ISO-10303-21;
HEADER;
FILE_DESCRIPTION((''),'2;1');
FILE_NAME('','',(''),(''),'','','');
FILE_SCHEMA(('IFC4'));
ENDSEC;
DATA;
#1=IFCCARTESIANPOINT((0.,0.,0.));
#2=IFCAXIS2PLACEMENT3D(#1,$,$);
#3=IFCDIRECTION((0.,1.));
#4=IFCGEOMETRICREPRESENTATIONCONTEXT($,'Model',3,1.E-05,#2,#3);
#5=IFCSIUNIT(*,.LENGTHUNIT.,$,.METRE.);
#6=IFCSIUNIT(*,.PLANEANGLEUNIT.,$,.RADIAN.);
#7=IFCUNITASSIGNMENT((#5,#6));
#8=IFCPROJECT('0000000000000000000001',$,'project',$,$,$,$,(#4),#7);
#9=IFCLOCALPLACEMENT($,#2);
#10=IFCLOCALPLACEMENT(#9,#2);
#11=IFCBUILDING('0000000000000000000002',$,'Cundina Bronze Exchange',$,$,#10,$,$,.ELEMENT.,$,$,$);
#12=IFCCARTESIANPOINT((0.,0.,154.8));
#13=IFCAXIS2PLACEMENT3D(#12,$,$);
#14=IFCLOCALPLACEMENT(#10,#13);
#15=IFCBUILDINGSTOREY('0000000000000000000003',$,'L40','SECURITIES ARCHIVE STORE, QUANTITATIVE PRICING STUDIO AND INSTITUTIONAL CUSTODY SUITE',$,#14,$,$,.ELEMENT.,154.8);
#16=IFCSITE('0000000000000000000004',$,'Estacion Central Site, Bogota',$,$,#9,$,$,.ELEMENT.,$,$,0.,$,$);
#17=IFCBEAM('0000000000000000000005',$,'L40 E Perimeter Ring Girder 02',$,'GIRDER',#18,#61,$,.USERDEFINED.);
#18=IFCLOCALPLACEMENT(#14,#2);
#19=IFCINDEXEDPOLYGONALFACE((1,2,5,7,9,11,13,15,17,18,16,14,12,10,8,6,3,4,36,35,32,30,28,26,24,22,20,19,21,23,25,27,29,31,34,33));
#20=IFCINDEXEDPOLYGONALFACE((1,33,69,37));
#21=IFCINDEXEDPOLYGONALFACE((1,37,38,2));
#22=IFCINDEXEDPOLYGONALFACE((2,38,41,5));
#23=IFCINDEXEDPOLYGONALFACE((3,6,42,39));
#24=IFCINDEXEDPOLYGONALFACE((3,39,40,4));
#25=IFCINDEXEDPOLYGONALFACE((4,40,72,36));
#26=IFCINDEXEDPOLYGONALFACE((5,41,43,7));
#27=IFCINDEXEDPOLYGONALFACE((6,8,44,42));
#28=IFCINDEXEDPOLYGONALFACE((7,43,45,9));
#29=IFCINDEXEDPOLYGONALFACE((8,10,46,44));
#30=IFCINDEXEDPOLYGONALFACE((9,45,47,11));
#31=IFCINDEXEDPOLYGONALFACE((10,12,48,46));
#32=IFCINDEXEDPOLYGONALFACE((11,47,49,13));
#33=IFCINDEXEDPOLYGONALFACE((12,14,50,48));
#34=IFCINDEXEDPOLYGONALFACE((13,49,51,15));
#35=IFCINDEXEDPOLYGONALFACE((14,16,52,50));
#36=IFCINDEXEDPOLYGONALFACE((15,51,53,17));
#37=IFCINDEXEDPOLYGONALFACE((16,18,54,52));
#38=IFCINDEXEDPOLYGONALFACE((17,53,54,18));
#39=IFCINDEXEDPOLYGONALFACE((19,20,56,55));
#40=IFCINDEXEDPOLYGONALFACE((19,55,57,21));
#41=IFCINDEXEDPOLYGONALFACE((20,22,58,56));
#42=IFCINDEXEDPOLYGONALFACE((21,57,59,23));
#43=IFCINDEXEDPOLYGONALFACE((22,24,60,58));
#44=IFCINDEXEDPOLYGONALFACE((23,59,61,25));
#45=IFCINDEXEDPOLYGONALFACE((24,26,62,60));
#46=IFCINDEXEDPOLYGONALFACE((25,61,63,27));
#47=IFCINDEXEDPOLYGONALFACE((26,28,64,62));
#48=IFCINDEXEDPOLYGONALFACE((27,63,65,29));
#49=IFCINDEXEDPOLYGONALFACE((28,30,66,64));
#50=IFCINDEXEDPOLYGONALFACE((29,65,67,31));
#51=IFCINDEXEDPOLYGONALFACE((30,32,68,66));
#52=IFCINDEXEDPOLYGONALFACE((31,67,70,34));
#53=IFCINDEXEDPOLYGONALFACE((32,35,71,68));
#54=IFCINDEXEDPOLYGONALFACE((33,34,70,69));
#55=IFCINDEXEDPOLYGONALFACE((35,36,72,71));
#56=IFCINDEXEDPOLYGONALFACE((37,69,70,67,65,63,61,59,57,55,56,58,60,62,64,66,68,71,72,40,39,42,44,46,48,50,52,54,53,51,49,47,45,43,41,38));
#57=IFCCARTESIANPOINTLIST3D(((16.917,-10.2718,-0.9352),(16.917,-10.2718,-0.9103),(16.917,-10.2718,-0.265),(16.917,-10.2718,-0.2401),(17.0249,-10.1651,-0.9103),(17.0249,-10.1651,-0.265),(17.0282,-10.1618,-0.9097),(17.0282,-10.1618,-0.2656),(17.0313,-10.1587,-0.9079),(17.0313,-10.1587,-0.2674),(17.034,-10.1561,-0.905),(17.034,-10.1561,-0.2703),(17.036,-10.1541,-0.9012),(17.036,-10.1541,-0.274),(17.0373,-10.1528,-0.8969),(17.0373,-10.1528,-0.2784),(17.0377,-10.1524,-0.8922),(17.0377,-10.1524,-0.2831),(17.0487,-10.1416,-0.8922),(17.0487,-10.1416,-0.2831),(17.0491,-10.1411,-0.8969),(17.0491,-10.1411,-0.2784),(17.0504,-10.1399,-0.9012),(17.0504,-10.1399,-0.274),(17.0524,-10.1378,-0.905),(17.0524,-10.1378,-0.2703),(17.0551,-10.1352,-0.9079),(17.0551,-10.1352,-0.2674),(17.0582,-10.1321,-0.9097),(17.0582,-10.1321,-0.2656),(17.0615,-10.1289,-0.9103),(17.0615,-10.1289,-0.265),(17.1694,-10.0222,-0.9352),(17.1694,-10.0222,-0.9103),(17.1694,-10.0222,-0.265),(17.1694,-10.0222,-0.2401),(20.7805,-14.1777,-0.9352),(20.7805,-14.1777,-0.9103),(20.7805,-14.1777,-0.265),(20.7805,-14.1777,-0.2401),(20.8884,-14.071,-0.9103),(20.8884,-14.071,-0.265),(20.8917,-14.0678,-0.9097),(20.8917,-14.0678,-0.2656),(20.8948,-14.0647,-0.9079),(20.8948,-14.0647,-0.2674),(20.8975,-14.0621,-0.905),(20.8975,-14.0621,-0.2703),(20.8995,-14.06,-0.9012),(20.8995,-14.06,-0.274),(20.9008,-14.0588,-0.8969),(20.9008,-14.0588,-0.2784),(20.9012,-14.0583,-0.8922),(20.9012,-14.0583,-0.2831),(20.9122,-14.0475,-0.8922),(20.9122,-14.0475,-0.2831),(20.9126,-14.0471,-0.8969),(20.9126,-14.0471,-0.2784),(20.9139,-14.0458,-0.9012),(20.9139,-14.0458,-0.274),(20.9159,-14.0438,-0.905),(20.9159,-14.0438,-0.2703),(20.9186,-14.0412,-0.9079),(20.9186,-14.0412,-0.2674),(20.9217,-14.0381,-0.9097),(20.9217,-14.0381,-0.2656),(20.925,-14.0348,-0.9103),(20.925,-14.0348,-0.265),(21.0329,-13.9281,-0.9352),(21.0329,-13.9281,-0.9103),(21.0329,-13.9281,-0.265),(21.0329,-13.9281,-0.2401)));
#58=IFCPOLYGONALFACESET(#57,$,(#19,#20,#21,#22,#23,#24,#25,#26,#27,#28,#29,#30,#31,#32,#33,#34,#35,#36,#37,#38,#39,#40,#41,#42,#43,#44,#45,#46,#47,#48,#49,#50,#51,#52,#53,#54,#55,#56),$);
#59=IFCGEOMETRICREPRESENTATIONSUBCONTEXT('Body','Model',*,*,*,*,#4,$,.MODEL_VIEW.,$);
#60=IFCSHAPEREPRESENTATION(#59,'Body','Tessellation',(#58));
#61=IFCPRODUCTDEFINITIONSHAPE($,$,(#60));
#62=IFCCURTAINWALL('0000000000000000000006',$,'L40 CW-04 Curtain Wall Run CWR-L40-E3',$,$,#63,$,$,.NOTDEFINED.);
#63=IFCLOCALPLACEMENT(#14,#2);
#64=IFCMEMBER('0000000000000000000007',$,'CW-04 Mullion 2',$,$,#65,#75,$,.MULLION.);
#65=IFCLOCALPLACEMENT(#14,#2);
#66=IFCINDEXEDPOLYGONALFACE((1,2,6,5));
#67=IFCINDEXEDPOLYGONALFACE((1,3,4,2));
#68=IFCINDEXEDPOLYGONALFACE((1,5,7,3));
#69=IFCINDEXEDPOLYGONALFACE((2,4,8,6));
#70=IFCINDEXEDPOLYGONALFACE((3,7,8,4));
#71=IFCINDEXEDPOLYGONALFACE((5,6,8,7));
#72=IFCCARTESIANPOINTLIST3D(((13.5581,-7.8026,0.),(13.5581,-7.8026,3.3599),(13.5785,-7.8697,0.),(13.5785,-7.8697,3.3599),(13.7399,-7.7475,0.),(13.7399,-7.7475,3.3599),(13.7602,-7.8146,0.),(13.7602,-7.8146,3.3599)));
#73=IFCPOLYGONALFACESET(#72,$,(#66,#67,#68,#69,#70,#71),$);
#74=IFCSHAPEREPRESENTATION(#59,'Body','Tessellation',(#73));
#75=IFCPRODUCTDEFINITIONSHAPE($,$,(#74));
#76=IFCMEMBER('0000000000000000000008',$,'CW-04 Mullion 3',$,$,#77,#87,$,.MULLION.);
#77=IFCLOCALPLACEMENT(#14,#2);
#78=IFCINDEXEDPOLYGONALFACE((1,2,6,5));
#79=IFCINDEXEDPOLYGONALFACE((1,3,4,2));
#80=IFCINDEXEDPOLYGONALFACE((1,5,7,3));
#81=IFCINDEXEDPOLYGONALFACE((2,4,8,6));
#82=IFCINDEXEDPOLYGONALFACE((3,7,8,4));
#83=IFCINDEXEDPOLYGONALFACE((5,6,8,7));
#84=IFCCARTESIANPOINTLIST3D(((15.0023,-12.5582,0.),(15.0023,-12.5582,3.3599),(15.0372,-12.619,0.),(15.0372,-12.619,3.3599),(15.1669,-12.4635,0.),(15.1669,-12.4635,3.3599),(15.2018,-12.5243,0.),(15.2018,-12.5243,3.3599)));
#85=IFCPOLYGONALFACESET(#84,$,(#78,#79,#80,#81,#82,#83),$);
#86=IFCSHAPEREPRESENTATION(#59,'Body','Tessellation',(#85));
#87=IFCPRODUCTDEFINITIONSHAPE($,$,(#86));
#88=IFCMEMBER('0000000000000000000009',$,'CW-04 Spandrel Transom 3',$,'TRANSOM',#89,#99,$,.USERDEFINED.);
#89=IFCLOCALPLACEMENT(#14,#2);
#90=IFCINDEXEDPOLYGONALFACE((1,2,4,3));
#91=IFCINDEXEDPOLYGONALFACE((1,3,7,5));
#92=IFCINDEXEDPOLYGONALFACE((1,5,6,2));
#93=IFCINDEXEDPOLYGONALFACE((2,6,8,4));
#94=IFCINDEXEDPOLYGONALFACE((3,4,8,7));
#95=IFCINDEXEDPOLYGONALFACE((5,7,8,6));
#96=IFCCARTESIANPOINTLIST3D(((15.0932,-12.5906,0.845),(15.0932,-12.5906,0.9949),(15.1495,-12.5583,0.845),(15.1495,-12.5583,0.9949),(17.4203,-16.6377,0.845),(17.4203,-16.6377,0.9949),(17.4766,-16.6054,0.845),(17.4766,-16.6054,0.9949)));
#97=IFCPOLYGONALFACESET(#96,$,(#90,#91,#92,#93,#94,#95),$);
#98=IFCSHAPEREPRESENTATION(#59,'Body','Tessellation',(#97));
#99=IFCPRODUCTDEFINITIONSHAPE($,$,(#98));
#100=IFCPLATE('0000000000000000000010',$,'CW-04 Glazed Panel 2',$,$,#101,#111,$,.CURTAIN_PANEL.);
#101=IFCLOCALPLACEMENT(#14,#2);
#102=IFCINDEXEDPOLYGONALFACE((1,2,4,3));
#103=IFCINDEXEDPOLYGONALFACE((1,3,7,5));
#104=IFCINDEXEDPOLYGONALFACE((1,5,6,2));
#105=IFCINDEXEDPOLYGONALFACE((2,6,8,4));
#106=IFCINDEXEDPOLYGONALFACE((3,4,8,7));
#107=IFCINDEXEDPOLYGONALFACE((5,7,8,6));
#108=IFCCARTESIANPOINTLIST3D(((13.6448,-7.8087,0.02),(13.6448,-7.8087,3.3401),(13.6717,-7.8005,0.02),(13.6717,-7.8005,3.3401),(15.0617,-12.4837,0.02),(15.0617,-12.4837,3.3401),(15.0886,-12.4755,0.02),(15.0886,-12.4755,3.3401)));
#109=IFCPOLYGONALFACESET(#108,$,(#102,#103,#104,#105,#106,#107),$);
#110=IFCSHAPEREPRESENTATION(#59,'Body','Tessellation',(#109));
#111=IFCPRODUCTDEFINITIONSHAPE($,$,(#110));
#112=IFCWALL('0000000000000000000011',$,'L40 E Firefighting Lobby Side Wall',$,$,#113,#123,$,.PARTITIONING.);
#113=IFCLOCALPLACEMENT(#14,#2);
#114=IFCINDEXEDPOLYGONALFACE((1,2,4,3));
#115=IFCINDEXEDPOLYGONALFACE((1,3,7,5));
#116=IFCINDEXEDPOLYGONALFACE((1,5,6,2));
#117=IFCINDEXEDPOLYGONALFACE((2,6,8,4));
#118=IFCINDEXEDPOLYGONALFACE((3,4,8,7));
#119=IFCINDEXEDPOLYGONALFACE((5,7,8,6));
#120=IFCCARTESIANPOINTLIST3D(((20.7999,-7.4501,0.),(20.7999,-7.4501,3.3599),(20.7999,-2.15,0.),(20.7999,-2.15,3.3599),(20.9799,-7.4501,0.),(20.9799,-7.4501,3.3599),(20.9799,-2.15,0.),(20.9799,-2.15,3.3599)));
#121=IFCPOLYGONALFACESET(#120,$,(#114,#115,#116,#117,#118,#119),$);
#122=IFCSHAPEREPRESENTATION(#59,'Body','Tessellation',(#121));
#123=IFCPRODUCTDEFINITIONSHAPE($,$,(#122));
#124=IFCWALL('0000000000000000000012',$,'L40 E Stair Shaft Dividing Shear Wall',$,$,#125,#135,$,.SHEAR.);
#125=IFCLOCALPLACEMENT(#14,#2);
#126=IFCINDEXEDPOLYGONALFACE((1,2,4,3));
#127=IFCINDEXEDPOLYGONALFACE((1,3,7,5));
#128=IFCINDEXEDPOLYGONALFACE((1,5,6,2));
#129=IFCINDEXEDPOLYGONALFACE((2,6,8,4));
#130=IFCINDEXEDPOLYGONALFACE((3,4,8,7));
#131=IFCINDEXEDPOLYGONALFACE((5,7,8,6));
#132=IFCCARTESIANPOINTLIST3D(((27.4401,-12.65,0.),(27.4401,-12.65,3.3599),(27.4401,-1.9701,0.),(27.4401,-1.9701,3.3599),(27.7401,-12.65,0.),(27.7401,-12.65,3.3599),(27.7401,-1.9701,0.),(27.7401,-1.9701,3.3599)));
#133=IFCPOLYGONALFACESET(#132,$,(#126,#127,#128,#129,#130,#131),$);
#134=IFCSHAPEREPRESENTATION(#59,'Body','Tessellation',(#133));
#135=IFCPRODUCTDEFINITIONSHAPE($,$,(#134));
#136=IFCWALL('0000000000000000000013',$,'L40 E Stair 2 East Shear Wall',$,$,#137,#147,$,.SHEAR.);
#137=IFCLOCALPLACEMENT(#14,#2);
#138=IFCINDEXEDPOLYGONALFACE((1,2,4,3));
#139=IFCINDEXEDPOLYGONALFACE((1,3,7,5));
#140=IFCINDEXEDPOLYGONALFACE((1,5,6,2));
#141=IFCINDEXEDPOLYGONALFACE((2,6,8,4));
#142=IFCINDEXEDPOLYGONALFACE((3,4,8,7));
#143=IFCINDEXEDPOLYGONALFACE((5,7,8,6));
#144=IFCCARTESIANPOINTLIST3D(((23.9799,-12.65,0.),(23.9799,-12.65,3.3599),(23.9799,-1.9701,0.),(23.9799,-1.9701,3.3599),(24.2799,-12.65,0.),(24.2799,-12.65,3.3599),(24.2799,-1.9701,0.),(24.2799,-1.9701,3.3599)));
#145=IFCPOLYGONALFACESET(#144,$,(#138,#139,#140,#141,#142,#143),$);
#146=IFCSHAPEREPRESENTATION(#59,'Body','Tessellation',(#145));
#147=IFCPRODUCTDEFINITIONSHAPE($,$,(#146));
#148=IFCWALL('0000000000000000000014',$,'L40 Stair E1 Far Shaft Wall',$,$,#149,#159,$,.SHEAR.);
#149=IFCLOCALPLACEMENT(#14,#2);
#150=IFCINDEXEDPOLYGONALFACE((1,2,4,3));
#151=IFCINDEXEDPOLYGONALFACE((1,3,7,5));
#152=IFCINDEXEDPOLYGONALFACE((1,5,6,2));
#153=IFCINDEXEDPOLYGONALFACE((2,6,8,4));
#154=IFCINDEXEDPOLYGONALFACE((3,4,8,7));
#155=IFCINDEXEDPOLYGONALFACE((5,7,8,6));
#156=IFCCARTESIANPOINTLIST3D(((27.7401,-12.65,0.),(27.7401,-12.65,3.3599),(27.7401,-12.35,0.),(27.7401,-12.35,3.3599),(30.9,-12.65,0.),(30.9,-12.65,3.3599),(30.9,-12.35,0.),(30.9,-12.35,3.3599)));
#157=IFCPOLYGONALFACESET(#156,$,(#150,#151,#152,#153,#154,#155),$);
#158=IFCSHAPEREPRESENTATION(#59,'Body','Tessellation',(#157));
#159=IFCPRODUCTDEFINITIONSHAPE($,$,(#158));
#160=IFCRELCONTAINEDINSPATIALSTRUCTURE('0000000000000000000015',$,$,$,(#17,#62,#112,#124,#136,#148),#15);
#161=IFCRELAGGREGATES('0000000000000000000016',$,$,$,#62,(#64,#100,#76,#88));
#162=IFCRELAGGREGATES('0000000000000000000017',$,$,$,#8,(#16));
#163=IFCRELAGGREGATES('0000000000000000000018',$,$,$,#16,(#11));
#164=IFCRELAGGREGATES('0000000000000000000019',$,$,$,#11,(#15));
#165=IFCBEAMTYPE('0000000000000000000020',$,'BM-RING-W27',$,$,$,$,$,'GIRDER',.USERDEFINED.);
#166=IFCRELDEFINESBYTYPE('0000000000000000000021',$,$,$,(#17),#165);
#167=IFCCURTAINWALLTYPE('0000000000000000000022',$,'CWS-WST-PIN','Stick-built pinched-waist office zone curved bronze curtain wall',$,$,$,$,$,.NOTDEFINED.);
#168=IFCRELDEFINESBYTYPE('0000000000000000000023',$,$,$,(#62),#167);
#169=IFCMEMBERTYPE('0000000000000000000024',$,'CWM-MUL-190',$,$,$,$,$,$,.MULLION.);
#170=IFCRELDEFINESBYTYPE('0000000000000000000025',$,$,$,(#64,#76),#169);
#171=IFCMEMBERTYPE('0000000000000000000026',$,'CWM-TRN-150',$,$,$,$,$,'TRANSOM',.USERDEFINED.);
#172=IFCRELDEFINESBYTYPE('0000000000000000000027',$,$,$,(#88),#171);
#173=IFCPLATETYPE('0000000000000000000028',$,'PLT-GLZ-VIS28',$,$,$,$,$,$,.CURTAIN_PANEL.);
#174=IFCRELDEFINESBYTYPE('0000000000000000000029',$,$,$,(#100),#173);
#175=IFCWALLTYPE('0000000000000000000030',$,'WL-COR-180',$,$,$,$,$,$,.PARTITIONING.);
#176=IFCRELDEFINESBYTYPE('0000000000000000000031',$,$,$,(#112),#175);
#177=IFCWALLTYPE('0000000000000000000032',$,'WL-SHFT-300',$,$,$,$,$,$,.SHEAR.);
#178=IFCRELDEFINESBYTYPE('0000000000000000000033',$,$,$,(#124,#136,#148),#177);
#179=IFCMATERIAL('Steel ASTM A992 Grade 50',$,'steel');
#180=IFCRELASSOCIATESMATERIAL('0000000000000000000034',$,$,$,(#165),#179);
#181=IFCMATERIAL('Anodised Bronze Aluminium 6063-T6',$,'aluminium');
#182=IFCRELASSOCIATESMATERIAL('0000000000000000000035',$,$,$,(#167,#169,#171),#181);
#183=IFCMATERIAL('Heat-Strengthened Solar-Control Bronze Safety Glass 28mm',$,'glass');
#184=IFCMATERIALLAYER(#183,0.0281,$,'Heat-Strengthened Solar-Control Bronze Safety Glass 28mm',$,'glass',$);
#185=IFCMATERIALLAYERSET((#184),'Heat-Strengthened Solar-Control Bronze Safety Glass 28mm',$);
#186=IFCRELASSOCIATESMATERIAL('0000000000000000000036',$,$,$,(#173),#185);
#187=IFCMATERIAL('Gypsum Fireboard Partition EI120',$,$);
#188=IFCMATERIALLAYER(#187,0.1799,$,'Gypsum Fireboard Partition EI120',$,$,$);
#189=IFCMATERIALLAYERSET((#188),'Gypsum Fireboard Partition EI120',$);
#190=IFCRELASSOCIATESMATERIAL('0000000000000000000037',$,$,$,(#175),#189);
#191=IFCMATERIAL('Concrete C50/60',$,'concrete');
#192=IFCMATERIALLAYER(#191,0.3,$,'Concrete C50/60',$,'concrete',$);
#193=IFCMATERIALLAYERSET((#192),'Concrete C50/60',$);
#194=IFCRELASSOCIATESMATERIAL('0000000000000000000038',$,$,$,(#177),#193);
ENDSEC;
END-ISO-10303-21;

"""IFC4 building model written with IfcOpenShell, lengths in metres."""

from ifc_helpers import new_model, si_unit, direction, frame, frame_2d, origin, origin_2d, place, context, subcontext, project, spatial, rectangle, i_section, extrude, material, layer, layer_set, material_profile, profile_set, type_object, element, aggregate, save


model = new_model("IFC4")

# Units and contexts
model_context = context("Model", 3, precision=1e-05, world=origin(), true_north=direction((0.0, 1.0)))
body_context = subcontext(model_context, "Body", "Model", "MODEL_VIEW")
ifc_project = project(units=[si_unit("LENGTHUNIT", "METRE"), si_unit("PLANEANGLEUNIT", "RADIAN")], contexts=[model_context])

# Site, building, storey
site_placement = place(None, origin())
site = spatial("IfcSite", under=ifc_project, at=site_placement, Name="Estacion Central Site, Bogota", CompositionType="ELEMENT", RefElevation=0.0)
building_placement = place(site_placement, origin())
building = spatial("IfcBuilding", under=site, at=building_placement, Name="Cundina Bronze Exchange", CompositionType="ELEMENT")
storey_placement = place(building_placement, frame((0.0, 0.0, 154.8)))
storey = spatial("IfcBuildingStorey", under=building, at=storey_placement, Name="L40", Description="SECURITIES ARCHIVE STORE, QUANTITATIVE PRICING STUDIO AND INSTITUTIONAL CUSTODY SUITE", CompositionType="ELEMENT", Elevation=154.8)

# Shared definitions
ifc_material_1 = material(Name="Concrete C50/60", Category="concrete")

# Beam
ifc_material_2 = material(Name="Steel ASTM A992 Grade 50", Category="steel")
ifc_material_profile_1 = material_profile(ifc_material_2, i_section(OverallWidth=0.355, OverallDepth=0.6951, WebThickness=0.0154, FlangeThickness=0.0249, FilletRadius=0.0181, at=origin_2d()), Name="W27X146", Category="steel")
ifc_profile_set_1 = profile_set([ifc_material_profile_1], Name="Steel ASTM A992 Grade 50")
beam_type_1 = type_object("IfcBeamType", Name="BM-RING-W27", ElementType="GIRDER", PredefinedType="USERDEFINED", material=ifc_profile_set_1)
beam_1_placement = place(storey_placement, frame((17.0432, -10.147, -0.5876), z_axis=(0.70323, -0.710962, 0.0), x_axis=(0.710962, 0.70323, 0.0)))
element("IfcBeam", 1, at=beam_1_placement, inside=storey, type_object=beam_type_1, Name="L40 E Perimeter Ring Girder 02", ObjectType="GIRDER", PredefinedType="USERDEFINED", context=body_context, shape_type="SweptSolid", body=[
    extrude(i_section(OverallWidth=0.355, OverallDepth=0.6951, WebThickness=0.0154, FlangeThickness=0.0249, FilletRadius=0.0181, at=origin_2d()), origin(), (0.0, 0.0, 1.0), 5.4939),
])

# Curtain wall, members, plate
ifc_material_3 = material(Name="Anodised Bronze Aluminium 6063-T6", Category="aluminium")
curtain_wall_type = type_object("IfcCurtainWallType", Name="CWS-WST-PIN", Description="Stick-built pinched-waist office zone curved bronze curtain wall", PredefinedType="NOTDEFINED", material=ifc_material_3)
curtain_wall_placement = place(storey_placement, origin())
curtain_wall = element("IfcCurtainWall", 2, at=curtain_wall_placement, inside=storey, type_object=curtain_wall_type, Name="L40 CW-04 Curtain Wall Run CWR-L40-E3", PredefinedType="NOTDEFINED")
ifc_material_profile_2 = material_profile(ifc_material_3, rectangle(XDim=0.0701, YDim=0.1899, at=origin_2d()), Name="AL70X190", Category="aluminium")
ifc_profile_set_2 = profile_set([ifc_material_profile_2], Name="Anodised Bronze Aluminium 6063-T6")
member_type_1 = type_object("IfcMemberType", Name="CWM-MUL-190", PredefinedType="MULLION", material=ifc_profile_set_2)
member_1_placement = place(storey_placement, frame((13.6592, -7.8086, 0.0), z_axis=(0.0, 0.0, 1.0), x_axis=(0.290034, -0.957016, 0.0)))
member_1 = element("IfcMember", 3, at=member_1_placement, type_object=member_type_1, Name="CW-04 Mullion 2", PredefinedType="MULLION", context=body_context, shape_type="SweptSolid", body=[
    extrude(rectangle(XDim=0.0701, YDim=0.1899, at=origin_2d()), origin(), (0.0, 0.0, 1.0), 3.3599),
])
member_2_placement = place(storey_placement, frame((15.1021, -12.5413, 0.0), z_axis=(0.0, 0.0, 1.0), x_axis=(0.498488, -0.866897, 0.0)))
member_2 = element("IfcMember", 4, at=member_2_placement, type_object=member_type_1, Name="CW-04 Mullion 3", PredefinedType="MULLION", context=body_context, shape_type="SweptSolid", body=[
    extrude(rectangle(XDim=0.0701, YDim=0.1899, at=origin_2d()), origin(), (0.0, 0.0, 1.0), 3.3599),
])
ifc_material_profile_3 = material_profile(ifc_material_3, rectangle(XDim=0.0649, YDim=0.1499, at=origin_2d()), Name="AL65X150", Category="aluminium")
ifc_profile_set_3 = profile_set([ifc_material_profile_3], Name="Anodised Bronze Aluminium 6063-T6")
member_type_2 = type_object("IfcMemberType", Name="CWM-TRN-150", ElementType="TRANSOM", PredefinedType="USERDEFINED", material=ifc_profile_set_3)
member_3_placement = place(storey_placement, frame((15.1213, -12.5745, 0.9199), z_axis=(0.49848, -0.866901, 0.0), x_axis=(0.866901, 0.49848, 0.0)))
member_3 = element("IfcMember", 5, at=member_3_placement, type_object=member_type_2, Name="CW-04 Spandrel Transom 3", ObjectType="TRANSOM", PredefinedType="USERDEFINED", context=body_context, shape_type="SweptSolid", body=[
    extrude(rectangle(XDim=0.0649, YDim=0.1499, at=origin_2d()), origin(), (0.0, 0.0, 1.0), 4.6685),
])
ifc_material_4 = material(Name="Heat-Strengthened Solar-Control Bronze Safety Glass 28mm", Category="glass")
ifc_layer_1 = layer(ifc_material_4, 0.0281, Name="Heat-Strengthened Solar-Control Bronze Safety Glass 28mm", Category="glass")
ifc_layer_set_1 = layer_set([ifc_layer_1], Name="Heat-Strengthened Solar-Control Bronze Safety Glass 28mm")
plate_type = type_object("IfcPlateType", Name="PLT-GLZ-VIS28", PredefinedType="CURTAIN_PANEL", material=ifc_layer_set_1)
plate_placement = place(storey_placement, frame((14.3667, -10.1421, 0.02), z_axis=(0.0, 0.0, 1.0), x_axis=(0.290051, -0.957011, 0.0)))
plate = element("IfcPlate", 6, at=plate_placement, type_object=plate_type, Name="CW-04 Glazed Panel 2", PredefinedType="CURTAIN_PANEL", context=body_context, shape_type="SweptSolid", body=[
    extrude(rectangle(XDim=4.885, YDim=0.0281, at=origin_2d()), origin(), (0.0, 0.0, 1.0), 3.3201),
])
aggregate(curtain_wall, [member_1, plate, member_2, member_3])

# Walls
ifc_material_5 = material(Name="Gypsum Fireboard Partition EI120")
ifc_layer_2 = layer(ifc_material_5, 0.1799, Name="Gypsum Fireboard Partition EI120")
ifc_layer_set_2 = layer_set([ifc_layer_2], Name="Gypsum Fireboard Partition EI120")
wall_type_1 = type_object("IfcWallType", Name="WL-COR-180", PredefinedType="PARTITIONING", material=ifc_layer_set_2)
wall_1_placement = place(storey_placement, frame((20.8899, -7.45, 0.0), z_axis=(0.0, 0.0, 1.0), x_axis=(0.0, 1.0, 0.0)))
element("IfcWall", 7, at=wall_1_placement, inside=storey, type_object=wall_type_1, Name="L40 E Firefighting Lobby Side Wall", PredefinedType="PARTITIONING", context=body_context, shape_type="SweptSolid", body=[
    extrude(rectangle(XDim=5.3, YDim=0.1799, at=frame_2d((2.6499, 0.0))), origin(), (0.0, 0.0, 1.0), 3.3599),
])
ifc_layer_3 = layer(ifc_material_1, 0.3, Name="Concrete C50/60", Category="concrete")
ifc_layer_set_3 = layer_set([ifc_layer_3], Name="Concrete C50/60")
wall_type_2 = type_object("IfcWallType", Name="WL-SHFT-300", PredefinedType="SHEAR", material=ifc_layer_set_3)
for number, where, z_axis, x_axis, name in (
    (8, (27.5901, -12.6499, 0.0), (0.0, 0.0, 1.0), (0.0, 1.0, 0.0), "L40 E Stair Shaft Dividing Shear Wall"),
    (9, (24.1299, -12.6499, 0.0), (0.0, 0.0, 1.0), (0.0, 1.0, 0.0), "L40 E Stair 2 East Shear Wall"),
):
    element("IfcWall", number, at=place(storey_placement, frame(where, z_axis=z_axis, x_axis=x_axis)), inside=storey, type_object=wall_type_2, Name=name, PredefinedType="SHEAR", context=body_context, shape_type="SweptSolid", body=[
        extrude(rectangle(XDim=10.6799, YDim=0.3, at=frame_2d((5.3398, 0.0))), origin(), (0.0, 0.0, 1.0), 3.3599),
    ])
wall_2_placement = place(storey_placement, frame((27.74, -12.5, 0.0), z_axis=(0.0, 0.0, 1.0), x_axis=(1.0, 0.0, 0.0)))
element("IfcWall", 10, at=wall_2_placement, inside=storey, type_object=wall_type_2, Name="L40 Stair E1 Far Shaft Wall", PredefinedType="SHEAR", context=body_context, shape_type="SweptSolid", body=[
    extrude(rectangle(XDim=3.1599, YDim=0.3, at=frame_2d((1.5801, 0.0))), origin(), (0.0, 0.0, 1.0), 3.3599),
])

save(model, "model.ifc")
